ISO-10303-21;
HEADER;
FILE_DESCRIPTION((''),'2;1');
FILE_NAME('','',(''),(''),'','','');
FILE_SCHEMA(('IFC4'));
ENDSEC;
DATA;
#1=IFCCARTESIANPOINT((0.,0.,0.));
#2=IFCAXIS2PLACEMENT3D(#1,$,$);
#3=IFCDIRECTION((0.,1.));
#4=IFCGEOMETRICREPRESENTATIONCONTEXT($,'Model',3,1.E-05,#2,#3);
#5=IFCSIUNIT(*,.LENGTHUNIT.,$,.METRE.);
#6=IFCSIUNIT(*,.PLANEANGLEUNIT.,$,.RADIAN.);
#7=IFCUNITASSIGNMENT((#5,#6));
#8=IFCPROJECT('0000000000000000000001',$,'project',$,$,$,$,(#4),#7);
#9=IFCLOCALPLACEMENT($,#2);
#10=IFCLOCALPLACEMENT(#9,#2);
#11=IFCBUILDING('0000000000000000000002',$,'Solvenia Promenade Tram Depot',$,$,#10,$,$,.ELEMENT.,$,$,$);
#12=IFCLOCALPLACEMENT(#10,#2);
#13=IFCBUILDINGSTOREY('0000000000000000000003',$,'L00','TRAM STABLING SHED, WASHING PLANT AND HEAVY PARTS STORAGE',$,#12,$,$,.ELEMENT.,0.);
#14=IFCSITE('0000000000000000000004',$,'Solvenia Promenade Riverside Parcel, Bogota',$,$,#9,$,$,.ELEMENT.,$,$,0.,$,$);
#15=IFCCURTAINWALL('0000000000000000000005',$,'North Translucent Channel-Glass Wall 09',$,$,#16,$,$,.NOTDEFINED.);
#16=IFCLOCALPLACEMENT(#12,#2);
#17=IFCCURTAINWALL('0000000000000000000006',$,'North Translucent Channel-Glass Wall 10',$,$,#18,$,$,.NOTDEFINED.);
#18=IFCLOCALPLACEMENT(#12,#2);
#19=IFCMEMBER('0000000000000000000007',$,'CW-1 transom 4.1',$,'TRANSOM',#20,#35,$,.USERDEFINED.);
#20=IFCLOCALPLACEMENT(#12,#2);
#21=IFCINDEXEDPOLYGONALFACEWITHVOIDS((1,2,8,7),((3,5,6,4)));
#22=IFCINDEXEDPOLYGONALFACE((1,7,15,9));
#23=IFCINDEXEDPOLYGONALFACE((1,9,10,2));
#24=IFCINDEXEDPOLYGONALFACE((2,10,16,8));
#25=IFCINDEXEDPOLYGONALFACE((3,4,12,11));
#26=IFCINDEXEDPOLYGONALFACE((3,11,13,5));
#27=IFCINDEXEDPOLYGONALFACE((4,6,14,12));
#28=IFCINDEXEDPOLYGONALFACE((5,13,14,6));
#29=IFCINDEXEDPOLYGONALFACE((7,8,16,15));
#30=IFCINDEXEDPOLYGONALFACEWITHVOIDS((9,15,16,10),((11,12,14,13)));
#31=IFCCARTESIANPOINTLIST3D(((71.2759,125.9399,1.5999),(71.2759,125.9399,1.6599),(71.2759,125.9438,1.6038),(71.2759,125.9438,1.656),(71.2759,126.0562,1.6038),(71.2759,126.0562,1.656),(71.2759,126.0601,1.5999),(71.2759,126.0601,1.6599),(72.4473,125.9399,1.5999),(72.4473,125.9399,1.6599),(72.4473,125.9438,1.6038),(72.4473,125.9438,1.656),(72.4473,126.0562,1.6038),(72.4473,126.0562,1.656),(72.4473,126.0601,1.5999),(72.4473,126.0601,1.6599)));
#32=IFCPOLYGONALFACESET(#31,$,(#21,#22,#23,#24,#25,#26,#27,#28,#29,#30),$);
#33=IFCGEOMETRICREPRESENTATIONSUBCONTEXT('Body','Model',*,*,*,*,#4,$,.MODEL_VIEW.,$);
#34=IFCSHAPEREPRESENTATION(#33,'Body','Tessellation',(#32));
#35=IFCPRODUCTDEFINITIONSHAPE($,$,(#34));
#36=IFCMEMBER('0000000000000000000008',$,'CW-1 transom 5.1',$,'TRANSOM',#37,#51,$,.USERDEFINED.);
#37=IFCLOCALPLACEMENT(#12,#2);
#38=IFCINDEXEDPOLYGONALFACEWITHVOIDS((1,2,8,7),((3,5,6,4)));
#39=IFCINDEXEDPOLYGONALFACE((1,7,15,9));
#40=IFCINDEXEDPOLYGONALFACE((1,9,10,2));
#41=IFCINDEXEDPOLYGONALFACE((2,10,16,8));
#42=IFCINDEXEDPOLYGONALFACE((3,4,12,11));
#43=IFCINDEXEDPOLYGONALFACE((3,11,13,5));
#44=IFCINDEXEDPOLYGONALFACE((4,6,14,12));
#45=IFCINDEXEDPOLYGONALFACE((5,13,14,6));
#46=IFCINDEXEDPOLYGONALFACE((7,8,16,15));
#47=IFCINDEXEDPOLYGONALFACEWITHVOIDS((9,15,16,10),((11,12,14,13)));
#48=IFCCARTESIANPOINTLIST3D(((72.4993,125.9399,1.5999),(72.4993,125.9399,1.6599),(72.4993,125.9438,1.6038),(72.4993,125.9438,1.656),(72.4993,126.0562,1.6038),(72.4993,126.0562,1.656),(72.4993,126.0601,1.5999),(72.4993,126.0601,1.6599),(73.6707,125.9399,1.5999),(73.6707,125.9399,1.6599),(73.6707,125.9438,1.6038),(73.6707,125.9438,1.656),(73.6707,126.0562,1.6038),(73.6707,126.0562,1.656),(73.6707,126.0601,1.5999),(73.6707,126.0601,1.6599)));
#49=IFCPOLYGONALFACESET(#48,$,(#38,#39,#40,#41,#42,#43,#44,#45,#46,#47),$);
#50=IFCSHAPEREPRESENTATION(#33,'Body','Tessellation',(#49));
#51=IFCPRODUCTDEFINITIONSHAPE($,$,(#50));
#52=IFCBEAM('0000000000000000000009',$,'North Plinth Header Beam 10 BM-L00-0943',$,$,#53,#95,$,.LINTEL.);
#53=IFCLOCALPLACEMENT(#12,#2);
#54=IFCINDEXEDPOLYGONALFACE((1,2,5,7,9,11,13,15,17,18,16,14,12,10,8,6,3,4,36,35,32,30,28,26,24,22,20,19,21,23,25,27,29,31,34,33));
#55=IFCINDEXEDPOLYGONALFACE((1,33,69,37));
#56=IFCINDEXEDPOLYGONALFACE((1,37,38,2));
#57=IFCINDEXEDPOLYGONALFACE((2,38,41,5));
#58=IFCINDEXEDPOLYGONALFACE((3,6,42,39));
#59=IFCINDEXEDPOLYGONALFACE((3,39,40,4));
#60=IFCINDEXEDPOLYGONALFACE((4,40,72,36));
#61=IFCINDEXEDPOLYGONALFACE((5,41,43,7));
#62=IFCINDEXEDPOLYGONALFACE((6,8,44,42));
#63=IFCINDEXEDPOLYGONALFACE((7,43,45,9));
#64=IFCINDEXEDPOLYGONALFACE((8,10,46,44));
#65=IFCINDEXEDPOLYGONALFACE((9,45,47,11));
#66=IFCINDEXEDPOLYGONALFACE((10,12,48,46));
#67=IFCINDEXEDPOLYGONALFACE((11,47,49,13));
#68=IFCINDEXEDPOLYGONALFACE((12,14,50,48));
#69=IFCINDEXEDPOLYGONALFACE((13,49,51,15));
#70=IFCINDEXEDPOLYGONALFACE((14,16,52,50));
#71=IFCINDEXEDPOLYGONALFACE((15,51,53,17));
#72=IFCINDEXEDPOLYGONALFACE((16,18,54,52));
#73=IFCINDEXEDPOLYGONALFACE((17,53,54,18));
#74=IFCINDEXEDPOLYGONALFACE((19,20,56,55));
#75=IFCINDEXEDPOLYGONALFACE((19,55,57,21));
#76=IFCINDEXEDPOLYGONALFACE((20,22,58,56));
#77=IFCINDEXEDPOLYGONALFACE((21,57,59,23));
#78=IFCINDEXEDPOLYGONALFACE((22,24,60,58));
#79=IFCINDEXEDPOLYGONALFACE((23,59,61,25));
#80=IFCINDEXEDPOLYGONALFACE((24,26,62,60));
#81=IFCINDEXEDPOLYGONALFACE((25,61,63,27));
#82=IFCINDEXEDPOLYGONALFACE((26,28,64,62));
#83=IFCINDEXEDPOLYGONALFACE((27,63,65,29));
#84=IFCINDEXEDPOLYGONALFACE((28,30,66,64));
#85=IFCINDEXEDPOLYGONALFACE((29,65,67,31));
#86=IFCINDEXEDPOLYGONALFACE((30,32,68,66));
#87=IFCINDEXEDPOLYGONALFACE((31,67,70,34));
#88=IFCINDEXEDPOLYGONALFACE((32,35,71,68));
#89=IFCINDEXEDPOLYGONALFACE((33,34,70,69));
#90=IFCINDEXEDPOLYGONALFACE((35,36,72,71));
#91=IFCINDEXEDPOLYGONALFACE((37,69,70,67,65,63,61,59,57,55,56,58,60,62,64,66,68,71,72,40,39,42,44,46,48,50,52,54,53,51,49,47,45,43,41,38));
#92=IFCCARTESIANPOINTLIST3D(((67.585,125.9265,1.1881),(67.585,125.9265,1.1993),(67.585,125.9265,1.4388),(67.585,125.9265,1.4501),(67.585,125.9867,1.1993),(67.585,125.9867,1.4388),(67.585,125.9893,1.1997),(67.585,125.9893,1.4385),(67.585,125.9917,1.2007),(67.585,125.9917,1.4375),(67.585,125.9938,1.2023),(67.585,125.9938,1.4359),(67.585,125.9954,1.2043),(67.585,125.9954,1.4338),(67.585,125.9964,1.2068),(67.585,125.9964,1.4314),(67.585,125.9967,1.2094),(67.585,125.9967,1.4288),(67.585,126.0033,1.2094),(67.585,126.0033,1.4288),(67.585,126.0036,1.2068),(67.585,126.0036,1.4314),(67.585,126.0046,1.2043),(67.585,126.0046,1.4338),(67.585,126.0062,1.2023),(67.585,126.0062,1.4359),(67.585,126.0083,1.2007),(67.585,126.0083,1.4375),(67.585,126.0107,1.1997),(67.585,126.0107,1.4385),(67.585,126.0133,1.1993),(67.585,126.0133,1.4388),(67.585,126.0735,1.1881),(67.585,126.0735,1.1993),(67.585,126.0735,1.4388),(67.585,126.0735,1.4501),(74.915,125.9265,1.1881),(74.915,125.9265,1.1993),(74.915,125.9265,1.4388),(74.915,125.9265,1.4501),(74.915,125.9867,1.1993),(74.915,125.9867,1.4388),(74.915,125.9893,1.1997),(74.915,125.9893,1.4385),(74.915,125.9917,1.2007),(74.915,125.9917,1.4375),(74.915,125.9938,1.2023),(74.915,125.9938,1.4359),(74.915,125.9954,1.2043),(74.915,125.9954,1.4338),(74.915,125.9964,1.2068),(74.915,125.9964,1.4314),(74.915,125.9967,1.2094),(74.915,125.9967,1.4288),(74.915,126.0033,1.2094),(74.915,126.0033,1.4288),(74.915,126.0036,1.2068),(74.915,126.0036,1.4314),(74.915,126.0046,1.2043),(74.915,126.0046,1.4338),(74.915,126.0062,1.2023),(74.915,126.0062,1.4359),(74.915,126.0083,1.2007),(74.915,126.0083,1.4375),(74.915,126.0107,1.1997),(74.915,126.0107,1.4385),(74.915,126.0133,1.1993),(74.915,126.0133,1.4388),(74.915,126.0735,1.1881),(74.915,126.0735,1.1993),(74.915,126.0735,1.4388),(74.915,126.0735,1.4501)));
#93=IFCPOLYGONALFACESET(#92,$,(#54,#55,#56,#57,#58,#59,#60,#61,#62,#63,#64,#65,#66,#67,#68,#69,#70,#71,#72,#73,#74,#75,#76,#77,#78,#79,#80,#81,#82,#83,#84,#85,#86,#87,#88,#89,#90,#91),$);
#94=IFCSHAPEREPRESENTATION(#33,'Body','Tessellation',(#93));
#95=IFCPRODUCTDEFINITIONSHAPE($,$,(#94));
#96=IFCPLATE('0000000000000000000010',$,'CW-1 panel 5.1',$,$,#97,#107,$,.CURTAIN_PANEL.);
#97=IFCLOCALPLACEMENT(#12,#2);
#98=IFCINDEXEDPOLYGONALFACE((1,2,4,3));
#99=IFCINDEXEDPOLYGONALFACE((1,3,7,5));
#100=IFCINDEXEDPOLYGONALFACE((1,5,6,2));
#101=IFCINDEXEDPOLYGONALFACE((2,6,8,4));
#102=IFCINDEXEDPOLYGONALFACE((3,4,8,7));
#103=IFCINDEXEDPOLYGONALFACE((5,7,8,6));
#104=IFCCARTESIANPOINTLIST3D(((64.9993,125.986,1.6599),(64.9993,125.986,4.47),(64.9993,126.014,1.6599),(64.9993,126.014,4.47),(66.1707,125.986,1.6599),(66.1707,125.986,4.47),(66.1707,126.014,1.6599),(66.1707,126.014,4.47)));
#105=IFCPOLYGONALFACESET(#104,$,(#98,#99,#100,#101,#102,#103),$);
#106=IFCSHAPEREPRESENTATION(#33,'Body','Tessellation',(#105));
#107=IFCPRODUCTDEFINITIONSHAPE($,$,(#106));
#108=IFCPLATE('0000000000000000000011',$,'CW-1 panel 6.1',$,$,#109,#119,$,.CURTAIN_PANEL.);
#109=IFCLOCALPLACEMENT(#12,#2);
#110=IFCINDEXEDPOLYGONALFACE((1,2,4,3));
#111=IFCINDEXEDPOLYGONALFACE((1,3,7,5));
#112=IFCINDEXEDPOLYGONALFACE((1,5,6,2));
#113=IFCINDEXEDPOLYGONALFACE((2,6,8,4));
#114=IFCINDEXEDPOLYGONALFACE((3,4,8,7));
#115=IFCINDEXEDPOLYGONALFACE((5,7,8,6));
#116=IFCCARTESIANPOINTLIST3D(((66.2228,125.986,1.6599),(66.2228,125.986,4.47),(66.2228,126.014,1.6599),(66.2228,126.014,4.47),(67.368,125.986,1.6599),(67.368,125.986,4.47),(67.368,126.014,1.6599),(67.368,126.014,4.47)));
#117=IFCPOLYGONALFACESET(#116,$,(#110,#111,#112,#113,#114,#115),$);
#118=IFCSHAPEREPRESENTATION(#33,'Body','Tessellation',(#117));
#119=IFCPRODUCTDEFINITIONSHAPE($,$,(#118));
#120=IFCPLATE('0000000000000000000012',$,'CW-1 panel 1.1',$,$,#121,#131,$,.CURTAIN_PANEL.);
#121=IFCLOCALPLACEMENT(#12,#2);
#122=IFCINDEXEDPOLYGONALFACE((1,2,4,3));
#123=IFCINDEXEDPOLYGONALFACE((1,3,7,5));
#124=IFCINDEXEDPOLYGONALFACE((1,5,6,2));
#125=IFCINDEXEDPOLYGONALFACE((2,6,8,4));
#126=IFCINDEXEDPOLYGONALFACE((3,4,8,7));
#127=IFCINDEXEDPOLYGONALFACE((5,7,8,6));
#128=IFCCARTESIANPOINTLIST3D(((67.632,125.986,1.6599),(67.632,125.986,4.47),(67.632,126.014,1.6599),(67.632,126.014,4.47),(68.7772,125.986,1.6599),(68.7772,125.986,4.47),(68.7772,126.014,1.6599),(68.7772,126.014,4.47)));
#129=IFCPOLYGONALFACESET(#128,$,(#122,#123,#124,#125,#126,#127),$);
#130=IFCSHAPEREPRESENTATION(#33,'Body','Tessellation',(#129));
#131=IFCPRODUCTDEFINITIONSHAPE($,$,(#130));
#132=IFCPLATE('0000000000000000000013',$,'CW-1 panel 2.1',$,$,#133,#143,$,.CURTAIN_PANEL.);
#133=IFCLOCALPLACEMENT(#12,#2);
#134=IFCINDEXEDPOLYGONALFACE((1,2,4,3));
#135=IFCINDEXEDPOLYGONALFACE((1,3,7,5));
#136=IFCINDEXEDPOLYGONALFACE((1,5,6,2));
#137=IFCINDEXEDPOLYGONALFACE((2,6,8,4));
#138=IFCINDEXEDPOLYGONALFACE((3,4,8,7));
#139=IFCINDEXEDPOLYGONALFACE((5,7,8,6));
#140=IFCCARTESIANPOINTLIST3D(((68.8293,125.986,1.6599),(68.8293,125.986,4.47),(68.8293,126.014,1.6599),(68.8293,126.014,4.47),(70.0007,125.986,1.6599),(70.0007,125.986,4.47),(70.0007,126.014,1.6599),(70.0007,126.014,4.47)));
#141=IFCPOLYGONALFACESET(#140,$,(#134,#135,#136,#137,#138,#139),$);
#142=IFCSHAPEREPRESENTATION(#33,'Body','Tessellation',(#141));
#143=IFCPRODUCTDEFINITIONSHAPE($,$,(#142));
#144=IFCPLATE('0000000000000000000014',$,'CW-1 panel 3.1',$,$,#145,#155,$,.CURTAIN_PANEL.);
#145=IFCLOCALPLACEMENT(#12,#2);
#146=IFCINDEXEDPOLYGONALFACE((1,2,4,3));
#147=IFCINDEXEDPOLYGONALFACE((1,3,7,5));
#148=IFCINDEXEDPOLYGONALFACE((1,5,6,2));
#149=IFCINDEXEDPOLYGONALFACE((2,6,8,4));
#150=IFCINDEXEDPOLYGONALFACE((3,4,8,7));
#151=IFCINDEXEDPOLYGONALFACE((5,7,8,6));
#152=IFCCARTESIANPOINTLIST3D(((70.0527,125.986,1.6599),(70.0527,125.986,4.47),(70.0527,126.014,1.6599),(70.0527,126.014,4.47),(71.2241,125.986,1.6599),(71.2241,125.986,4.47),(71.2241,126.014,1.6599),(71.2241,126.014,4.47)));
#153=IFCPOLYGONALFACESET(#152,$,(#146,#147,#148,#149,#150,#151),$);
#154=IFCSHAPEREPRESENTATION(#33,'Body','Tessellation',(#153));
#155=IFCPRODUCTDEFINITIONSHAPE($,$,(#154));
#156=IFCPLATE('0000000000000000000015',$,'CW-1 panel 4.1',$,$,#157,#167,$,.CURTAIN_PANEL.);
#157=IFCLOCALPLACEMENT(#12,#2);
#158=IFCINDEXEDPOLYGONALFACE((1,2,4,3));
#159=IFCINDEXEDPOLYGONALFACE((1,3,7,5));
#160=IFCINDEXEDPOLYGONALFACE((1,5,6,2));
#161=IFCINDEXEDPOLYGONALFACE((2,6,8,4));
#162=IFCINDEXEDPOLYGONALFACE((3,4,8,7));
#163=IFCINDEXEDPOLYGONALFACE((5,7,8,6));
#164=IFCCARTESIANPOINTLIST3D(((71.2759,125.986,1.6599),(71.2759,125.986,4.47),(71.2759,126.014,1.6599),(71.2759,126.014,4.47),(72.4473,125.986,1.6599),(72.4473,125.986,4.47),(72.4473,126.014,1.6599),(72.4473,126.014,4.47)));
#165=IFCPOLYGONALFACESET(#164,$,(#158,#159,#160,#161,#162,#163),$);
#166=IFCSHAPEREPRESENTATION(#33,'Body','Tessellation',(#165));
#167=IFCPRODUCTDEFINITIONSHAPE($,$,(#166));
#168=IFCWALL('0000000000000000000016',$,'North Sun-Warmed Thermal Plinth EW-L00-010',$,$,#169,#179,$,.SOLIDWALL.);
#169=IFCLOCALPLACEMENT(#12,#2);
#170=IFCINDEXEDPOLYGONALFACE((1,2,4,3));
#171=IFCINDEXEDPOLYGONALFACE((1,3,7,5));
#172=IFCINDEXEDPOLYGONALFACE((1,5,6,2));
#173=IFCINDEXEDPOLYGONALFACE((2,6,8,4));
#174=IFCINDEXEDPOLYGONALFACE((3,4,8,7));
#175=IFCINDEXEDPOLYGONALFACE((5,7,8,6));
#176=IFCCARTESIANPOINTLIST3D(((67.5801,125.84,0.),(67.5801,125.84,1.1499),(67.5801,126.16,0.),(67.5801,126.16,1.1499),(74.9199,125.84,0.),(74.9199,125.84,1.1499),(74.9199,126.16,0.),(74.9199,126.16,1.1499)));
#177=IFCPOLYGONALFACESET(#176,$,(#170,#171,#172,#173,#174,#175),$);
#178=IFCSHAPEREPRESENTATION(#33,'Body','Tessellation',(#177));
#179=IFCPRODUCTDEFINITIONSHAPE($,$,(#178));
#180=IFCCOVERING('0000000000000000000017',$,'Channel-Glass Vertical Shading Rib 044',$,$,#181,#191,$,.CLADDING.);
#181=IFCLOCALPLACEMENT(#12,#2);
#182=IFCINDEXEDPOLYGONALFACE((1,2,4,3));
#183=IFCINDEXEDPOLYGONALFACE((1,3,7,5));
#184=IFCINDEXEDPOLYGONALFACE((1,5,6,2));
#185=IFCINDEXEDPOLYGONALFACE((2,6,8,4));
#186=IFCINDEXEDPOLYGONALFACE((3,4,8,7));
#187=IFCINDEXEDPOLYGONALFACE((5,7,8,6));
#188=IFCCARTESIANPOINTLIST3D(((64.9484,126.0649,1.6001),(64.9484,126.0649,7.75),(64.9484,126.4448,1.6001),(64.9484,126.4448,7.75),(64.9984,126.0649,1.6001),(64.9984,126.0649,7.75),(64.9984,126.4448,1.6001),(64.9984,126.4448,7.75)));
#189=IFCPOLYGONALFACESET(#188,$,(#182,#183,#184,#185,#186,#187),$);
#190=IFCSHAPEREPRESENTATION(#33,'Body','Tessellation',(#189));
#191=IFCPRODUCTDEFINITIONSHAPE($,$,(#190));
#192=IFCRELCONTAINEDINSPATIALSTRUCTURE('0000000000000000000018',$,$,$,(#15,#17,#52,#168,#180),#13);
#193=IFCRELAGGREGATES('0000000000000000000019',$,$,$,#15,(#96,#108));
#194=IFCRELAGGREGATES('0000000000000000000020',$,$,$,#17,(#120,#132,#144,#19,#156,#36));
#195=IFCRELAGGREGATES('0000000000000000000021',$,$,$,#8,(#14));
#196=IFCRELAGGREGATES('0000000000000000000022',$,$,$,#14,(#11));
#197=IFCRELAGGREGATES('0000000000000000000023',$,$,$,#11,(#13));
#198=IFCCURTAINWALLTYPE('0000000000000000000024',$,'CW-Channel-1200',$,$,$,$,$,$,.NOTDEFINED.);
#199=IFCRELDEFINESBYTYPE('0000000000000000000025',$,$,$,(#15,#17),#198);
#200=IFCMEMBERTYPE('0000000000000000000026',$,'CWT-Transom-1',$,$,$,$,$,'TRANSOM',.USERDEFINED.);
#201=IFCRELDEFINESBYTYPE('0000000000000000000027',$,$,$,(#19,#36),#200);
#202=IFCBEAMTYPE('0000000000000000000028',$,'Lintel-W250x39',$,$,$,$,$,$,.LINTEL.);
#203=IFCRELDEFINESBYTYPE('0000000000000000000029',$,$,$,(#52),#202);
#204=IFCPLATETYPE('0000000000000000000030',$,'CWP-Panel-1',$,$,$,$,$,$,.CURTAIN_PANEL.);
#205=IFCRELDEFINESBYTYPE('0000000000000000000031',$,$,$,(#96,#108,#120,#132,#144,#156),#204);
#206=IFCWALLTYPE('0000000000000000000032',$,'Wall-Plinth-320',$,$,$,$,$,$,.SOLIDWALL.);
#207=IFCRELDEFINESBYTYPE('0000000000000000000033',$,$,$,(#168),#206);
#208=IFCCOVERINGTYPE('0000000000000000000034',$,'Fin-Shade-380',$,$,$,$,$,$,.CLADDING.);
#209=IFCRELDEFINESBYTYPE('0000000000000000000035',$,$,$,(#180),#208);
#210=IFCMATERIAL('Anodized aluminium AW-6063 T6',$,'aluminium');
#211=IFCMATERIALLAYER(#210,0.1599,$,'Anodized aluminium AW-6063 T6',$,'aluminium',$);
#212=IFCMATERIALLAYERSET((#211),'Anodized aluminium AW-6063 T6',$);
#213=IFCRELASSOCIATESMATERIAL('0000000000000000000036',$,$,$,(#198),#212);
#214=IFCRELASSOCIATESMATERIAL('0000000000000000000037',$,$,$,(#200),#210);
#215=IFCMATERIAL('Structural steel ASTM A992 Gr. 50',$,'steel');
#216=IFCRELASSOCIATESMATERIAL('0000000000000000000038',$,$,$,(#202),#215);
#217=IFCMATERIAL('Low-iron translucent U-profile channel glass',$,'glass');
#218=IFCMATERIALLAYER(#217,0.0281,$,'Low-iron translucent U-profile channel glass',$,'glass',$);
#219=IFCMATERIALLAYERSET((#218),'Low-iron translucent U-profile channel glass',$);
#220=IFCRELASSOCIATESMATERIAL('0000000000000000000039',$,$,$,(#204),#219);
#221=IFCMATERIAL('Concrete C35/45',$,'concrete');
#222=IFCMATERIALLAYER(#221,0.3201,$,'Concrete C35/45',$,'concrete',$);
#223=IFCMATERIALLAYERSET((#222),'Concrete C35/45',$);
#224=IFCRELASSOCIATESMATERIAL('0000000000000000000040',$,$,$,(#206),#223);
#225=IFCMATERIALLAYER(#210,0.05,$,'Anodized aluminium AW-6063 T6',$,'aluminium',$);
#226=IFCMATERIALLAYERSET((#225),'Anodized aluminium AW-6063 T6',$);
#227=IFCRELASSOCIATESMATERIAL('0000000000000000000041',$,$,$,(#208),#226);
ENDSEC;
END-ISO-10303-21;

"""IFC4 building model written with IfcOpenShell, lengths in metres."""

from ifc_helpers import new_model, si_unit, direction, frame, frame_2d, origin, origin_2d, place, context, subcontext, project, spatial, rectangle, hollow_rectangle, i_section, extrude, material, layer, layer_set, material_profile, profile_set, type_object, element, aggregate, save


model = new_model("IFC4")

# Units and contexts
model_context = context("Model", 3, precision=1e-05, world=origin(), true_north=direction((0.0, 1.0)))
body_context = subcontext(model_context, "Body", "Model", "MODEL_VIEW")
ifc_project = project(units=[si_unit("LENGTHUNIT", "METRE"), si_unit("PLANEANGLEUNIT", "RADIAN")], contexts=[model_context])

# Site, building, storey
site_placement = place(None, origin())
site = spatial("IfcSite", under=ifc_project, at=site_placement, Name="Solvenia Promenade Riverside Parcel, Bogota", CompositionType="ELEMENT", RefElevation=0.0)
building_placement = place(site_placement, origin())
building = spatial("IfcBuilding", under=site, at=building_placement, Name="Solvenia Promenade Tram Depot", CompositionType="ELEMENT")
storey_placement = place(building_placement, origin())
storey = spatial("IfcBuildingStorey", under=building, at=storey_placement, Name="L00", Description="TRAM STABLING SHED, WASHING PLANT AND HEAVY PARTS STORAGE", CompositionType="ELEMENT", Elevation=0.0)

# Shared definitions
ifc_material_1 = material(Name="Structural steel ASTM A992 Gr. 50", Category="steel")

# Curtain walls
ifc_material_2 = material(Name="Anodized aluminium AW-6063 T6", Category="aluminium")
ifc_layer_1 = layer(ifc_material_2, 0.1599, Name="Anodized aluminium AW-6063 T6", Category="aluminium")
ifc_layer_set_1 = layer_set([ifc_layer_1], Name="Anodized aluminium AW-6063 T6")
curtain_wall_type = type_object("IfcCurtainWallType", Name="CW-Channel-1200", PredefinedType="NOTDEFINED", material=ifc_layer_set_1)
curtain_wall_1_placement = place(storey_placement, origin())
curtain_wall_1 = element("IfcCurtainWall", 1, at=curtain_wall_1_placement, inside=storey, type_object=curtain_wall_type, Name="North Translucent Channel-Glass Wall 09", PredefinedType="NOTDEFINED")
curtain_wall_2_placement = place(storey_placement, origin())
curtain_wall_2 = element("IfcCurtainWall", 2, at=curtain_wall_2_placement, inside=storey, type_object=curtain_wall_type, Name="North Translucent Channel-Glass Wall 10", PredefinedType="NOTDEFINED")

# Members
ifc_material_profile_1 = material_profile(ifc_material_2, hollow_rectangle(XDim=0.1201, YDim=0.0601, WallThickness=0.0039, at=origin_2d()), Name="ALU-T1", Category="aluminium")
ifc_profile_set_1 = profile_set([ifc_material_profile_1], Name="Anodized aluminium AW-6063 T6")
member_type_1 = type_object("IfcMemberType", Name="CWT-Transom-1", ElementType="TRANSOM", PredefinedType="USERDEFINED", material=ifc_profile_set_1)
member_1_placement = place(storey_placement, frame((71.2759, 126.0, 1.6299), z_axis=(1.0, 0.0, 0.0), x_axis=(0.0, 1.0, 0.0)))
member_1 = element("IfcMember", 3, at=member_1_placement, type_object=member_type_1, Name="CW-1 transom 4.1", ObjectType="TRANSOM", PredefinedType="USERDEFINED", context=body_context, shape_type="SweptSolid", body=[
    extrude(hollow_rectangle(XDim=0.1201, YDim=0.0601, WallThickness=0.0039, at=origin_2d()), origin(), (0.0, 0.0, 1.0), 1.1714),
])
member_2_placement = place(storey_placement, frame((72.4993, 126.0, 1.6299), z_axis=(1.0, 0.0, 0.0), x_axis=(0.0, 1.0, 0.0)))
member_2 = element("IfcMember", 4, at=member_2_placement, type_object=member_type_1, Name="CW-1 transom 5.1", ObjectType="TRANSOM", PredefinedType="USERDEFINED", context=body_context, shape_type="SweptSolid", body=[
    extrude(hollow_rectangle(XDim=0.1201, YDim=0.0601, WallThickness=0.0039, at=origin_2d()), origin(), (0.0, 0.0, 1.0), 1.1714),
])

# Beam
ifc_material_profile_2 = material_profile(ifc_material_1, i_section(OverallWidth=0.147, OverallDepth=0.262, WebThickness=0.0066, FlangeThickness=0.0112, FilletRadius=0.01, at=origin_2d()), Name="W250x39", Category="steel")
ifc_profile_set_2 = profile_set([ifc_material_profile_2], Name="Structural steel ASTM A992 Gr. 50")
beam_type = type_object("IfcBeamType", Name="Lintel-W250x39", PredefinedType="LINTEL", material=ifc_profile_set_2)
beam_placement = place(storey_placement, frame((67.585, 126.0, 1.3191), z_axis=(1.0, 0.0, 0.0), x_axis=(0.0, 1.0, 0.0)))
element("IfcBeam", 5, at=beam_placement, inside=storey, type_object=beam_type, Name="North Plinth Header Beam 10 BM-L00-0943", PredefinedType="LINTEL", context=body_context, shape_type="SweptSolid", body=[
    extrude(i_section(OverallWidth=0.147, OverallDepth=0.262, WebThickness=0.0066, FlangeThickness=0.0112, FilletRadius=0.01, at=origin_2d()), origin(), (0.0, 0.0, 1.0), 7.3301),
])

# Plates
ifc_material_3 = material(Name="Low-iron translucent U-profile channel glass", Category="glass")
ifc_layer_2 = layer(ifc_material_3, 0.0281, Name="Low-iron translucent U-profile channel glass", Category="glass")
ifc_layer_set_2 = layer_set([ifc_layer_2], Name="Low-iron translucent U-profile channel glass")
plate_type = type_object("IfcPlateType", Name="CWP-Panel-1", PredefinedType="CURTAIN_PANEL", material=ifc_layer_set_2)
plate_1_placement = place(storey_placement, frame((65.585, 126.0, 1.6599), z_axis=(0.0, 0.0, 1.0), x_axis=(1.0, 0.0, 0.0)))
plate_1 = element("IfcPlate", 6, at=plate_1_placement, type_object=plate_type, Name="CW-1 panel 5.1", PredefinedType="CURTAIN_PANEL", context=body_context, shape_type="SweptSolid", body=[
    extrude(rectangle(XDim=1.1714, YDim=0.0281, at=origin_2d()), origin(), (0.0, 0.0, 1.0), 2.8101),
])
plate_2_placement = place(storey_placement, frame((66.7954, 126.0, 1.6599), z_axis=(0.0, 0.0, 1.0), x_axis=(1.0, 0.0, 0.0)))
plate_2 = element("IfcPlate", 7, at=plate_2_placement, type_object=plate_type, Name="CW-1 panel 6.1", PredefinedType="CURTAIN_PANEL", context=body_context, shape_type="SweptSolid", body=[
    extrude(rectangle(XDim=1.1453, YDim=0.0281, at=origin_2d()), origin(), (0.0, 0.0, 1.0), 2.8101),
])
aggregate(curtain_wall_1, [plate_1, plate_2])
plate_3_placement = place(storey_placement, frame((68.2046, 126.0, 1.6599), z_axis=(0.0, 0.0, 1.0), x_axis=(1.0, 0.0, 0.0)))
plate_3 = element("IfcPlate", 8, at=plate_3_placement, type_object=plate_type, Name="CW-1 panel 1.1", PredefinedType="CURTAIN_PANEL", context=body_context, shape_type="SweptSolid", body=[
    extrude(rectangle(XDim=1.1453, YDim=0.0281, at=origin_2d()), origin(), (0.0, 0.0, 1.0), 2.8101),
])
plate_4_placement = place(storey_placement, frame((69.415, 126.0, 1.6599), z_axis=(0.0, 0.0, 1.0), x_axis=(1.0, 0.0, 0.0)))
plate_4 = element("IfcPlate", 9, at=plate_4_placement, type_object=plate_type, Name="CW-1 panel 2.1", PredefinedType="CURTAIN_PANEL", context=body_context, shape_type="SweptSolid", body=[
    extrude(rectangle(XDim=1.1714, YDim=0.0281, at=origin_2d()), origin(), (0.0, 0.0, 1.0), 2.8101),
])
plate_5_placement = place(storey_placement, frame((70.6384, 126.0, 1.6599), z_axis=(0.0, 0.0, 1.0), x_axis=(1.0, 0.0, 0.0)))
plate_5 = element("IfcPlate", 10, at=plate_5_placement, type_object=plate_type, Name="CW-1 panel 3.1", PredefinedType="CURTAIN_PANEL", context=body_context, shape_type="SweptSolid", body=[
    extrude(rectangle(XDim=1.1714, YDim=0.0281, at=origin_2d()), origin(), (0.0, 0.0, 1.0), 2.8101),
])
plate_6_placement = place(storey_placement, frame((71.8616, 126.0, 1.6599), z_axis=(0.0, 0.0, 1.0), x_axis=(1.0, 0.0, 0.0)))
plate_6 = element("IfcPlate", 11, at=plate_6_placement, type_object=plate_type, Name="CW-1 panel 4.1", PredefinedType="CURTAIN_PANEL", context=body_context, shape_type="SweptSolid", body=[
    extrude(rectangle(XDim=1.1714, YDim=0.0281, at=origin_2d()), origin(), (0.0, 0.0, 1.0), 2.8101),
])
aggregate(curtain_wall_2, [plate_3, plate_4, plate_5, member_1, plate_6, member_2])

# Wall
ifc_material_4 = material(Name="Concrete C35/45", Category="concrete")
ifc_layer_3 = layer(ifc_material_4, 0.3201, Name="Concrete C35/45", Category="concrete")
ifc_layer_set_3 = layer_set([ifc_layer_3], Name="Concrete C35/45")
wall_type = type_object("IfcWallType", Name="Wall-Plinth-320", PredefinedType="SOLIDWALL", material=ifc_layer_set_3)
wall_placement = place(storey_placement, frame((67.5801, 126.0, 0.0), z_axis=(0.0, 0.0, 1.0), x_axis=(1.0, 0.0, 0.0)))
element("IfcWall", 12, at=wall_placement, inside=storey, type_object=wall_type, Name="North Sun-Warmed Thermal Plinth EW-L00-010", PredefinedType="SOLIDWALL", context=body_context, shape_type="SweptSolid", body=[
    extrude(rectangle(XDim=7.3398, YDim=0.3201, at=frame_2d((3.6699, 0.0))), origin(), (0.0, 0.0, 1.0), 1.1499),
])

# Covering
ifc_layer_4 = layer(ifc_material_2, 0.05, Name="Anodized aluminium AW-6063 T6", Category="aluminium")
ifc_layer_set_4 = layer_set([ifc_layer_4], Name="Anodized aluminium AW-6063 T6")
covering_type = type_object("IfcCoveringType", Name="Fin-Shade-380", PredefinedType="CLADDING", material=ifc_layer_set_4)
for number, where, z_axis, x_axis, name in (
    (13, (64.9734, 126.2549, 1.6001), (0.0, 0.0, 1.0), (1.0, 0.0, 0.0), "Channel-Glass Vertical Shading Rib 044"),
):
    element("IfcCovering", number, at=place(storey_placement, frame(where, z_axis=z_axis, x_axis=x_axis)), inside=storey, type_object=covering_type, Name=name, PredefinedType="CLADDING", context=body_context, shape_type="SweptSolid", body=[
        extrude(rectangle(XDim=0.05, YDim=0.3799, at=origin_2d()), origin(), (0.0, 0.0, 1.0), 6.1499),
    ])

save(model, "model.ifc")
